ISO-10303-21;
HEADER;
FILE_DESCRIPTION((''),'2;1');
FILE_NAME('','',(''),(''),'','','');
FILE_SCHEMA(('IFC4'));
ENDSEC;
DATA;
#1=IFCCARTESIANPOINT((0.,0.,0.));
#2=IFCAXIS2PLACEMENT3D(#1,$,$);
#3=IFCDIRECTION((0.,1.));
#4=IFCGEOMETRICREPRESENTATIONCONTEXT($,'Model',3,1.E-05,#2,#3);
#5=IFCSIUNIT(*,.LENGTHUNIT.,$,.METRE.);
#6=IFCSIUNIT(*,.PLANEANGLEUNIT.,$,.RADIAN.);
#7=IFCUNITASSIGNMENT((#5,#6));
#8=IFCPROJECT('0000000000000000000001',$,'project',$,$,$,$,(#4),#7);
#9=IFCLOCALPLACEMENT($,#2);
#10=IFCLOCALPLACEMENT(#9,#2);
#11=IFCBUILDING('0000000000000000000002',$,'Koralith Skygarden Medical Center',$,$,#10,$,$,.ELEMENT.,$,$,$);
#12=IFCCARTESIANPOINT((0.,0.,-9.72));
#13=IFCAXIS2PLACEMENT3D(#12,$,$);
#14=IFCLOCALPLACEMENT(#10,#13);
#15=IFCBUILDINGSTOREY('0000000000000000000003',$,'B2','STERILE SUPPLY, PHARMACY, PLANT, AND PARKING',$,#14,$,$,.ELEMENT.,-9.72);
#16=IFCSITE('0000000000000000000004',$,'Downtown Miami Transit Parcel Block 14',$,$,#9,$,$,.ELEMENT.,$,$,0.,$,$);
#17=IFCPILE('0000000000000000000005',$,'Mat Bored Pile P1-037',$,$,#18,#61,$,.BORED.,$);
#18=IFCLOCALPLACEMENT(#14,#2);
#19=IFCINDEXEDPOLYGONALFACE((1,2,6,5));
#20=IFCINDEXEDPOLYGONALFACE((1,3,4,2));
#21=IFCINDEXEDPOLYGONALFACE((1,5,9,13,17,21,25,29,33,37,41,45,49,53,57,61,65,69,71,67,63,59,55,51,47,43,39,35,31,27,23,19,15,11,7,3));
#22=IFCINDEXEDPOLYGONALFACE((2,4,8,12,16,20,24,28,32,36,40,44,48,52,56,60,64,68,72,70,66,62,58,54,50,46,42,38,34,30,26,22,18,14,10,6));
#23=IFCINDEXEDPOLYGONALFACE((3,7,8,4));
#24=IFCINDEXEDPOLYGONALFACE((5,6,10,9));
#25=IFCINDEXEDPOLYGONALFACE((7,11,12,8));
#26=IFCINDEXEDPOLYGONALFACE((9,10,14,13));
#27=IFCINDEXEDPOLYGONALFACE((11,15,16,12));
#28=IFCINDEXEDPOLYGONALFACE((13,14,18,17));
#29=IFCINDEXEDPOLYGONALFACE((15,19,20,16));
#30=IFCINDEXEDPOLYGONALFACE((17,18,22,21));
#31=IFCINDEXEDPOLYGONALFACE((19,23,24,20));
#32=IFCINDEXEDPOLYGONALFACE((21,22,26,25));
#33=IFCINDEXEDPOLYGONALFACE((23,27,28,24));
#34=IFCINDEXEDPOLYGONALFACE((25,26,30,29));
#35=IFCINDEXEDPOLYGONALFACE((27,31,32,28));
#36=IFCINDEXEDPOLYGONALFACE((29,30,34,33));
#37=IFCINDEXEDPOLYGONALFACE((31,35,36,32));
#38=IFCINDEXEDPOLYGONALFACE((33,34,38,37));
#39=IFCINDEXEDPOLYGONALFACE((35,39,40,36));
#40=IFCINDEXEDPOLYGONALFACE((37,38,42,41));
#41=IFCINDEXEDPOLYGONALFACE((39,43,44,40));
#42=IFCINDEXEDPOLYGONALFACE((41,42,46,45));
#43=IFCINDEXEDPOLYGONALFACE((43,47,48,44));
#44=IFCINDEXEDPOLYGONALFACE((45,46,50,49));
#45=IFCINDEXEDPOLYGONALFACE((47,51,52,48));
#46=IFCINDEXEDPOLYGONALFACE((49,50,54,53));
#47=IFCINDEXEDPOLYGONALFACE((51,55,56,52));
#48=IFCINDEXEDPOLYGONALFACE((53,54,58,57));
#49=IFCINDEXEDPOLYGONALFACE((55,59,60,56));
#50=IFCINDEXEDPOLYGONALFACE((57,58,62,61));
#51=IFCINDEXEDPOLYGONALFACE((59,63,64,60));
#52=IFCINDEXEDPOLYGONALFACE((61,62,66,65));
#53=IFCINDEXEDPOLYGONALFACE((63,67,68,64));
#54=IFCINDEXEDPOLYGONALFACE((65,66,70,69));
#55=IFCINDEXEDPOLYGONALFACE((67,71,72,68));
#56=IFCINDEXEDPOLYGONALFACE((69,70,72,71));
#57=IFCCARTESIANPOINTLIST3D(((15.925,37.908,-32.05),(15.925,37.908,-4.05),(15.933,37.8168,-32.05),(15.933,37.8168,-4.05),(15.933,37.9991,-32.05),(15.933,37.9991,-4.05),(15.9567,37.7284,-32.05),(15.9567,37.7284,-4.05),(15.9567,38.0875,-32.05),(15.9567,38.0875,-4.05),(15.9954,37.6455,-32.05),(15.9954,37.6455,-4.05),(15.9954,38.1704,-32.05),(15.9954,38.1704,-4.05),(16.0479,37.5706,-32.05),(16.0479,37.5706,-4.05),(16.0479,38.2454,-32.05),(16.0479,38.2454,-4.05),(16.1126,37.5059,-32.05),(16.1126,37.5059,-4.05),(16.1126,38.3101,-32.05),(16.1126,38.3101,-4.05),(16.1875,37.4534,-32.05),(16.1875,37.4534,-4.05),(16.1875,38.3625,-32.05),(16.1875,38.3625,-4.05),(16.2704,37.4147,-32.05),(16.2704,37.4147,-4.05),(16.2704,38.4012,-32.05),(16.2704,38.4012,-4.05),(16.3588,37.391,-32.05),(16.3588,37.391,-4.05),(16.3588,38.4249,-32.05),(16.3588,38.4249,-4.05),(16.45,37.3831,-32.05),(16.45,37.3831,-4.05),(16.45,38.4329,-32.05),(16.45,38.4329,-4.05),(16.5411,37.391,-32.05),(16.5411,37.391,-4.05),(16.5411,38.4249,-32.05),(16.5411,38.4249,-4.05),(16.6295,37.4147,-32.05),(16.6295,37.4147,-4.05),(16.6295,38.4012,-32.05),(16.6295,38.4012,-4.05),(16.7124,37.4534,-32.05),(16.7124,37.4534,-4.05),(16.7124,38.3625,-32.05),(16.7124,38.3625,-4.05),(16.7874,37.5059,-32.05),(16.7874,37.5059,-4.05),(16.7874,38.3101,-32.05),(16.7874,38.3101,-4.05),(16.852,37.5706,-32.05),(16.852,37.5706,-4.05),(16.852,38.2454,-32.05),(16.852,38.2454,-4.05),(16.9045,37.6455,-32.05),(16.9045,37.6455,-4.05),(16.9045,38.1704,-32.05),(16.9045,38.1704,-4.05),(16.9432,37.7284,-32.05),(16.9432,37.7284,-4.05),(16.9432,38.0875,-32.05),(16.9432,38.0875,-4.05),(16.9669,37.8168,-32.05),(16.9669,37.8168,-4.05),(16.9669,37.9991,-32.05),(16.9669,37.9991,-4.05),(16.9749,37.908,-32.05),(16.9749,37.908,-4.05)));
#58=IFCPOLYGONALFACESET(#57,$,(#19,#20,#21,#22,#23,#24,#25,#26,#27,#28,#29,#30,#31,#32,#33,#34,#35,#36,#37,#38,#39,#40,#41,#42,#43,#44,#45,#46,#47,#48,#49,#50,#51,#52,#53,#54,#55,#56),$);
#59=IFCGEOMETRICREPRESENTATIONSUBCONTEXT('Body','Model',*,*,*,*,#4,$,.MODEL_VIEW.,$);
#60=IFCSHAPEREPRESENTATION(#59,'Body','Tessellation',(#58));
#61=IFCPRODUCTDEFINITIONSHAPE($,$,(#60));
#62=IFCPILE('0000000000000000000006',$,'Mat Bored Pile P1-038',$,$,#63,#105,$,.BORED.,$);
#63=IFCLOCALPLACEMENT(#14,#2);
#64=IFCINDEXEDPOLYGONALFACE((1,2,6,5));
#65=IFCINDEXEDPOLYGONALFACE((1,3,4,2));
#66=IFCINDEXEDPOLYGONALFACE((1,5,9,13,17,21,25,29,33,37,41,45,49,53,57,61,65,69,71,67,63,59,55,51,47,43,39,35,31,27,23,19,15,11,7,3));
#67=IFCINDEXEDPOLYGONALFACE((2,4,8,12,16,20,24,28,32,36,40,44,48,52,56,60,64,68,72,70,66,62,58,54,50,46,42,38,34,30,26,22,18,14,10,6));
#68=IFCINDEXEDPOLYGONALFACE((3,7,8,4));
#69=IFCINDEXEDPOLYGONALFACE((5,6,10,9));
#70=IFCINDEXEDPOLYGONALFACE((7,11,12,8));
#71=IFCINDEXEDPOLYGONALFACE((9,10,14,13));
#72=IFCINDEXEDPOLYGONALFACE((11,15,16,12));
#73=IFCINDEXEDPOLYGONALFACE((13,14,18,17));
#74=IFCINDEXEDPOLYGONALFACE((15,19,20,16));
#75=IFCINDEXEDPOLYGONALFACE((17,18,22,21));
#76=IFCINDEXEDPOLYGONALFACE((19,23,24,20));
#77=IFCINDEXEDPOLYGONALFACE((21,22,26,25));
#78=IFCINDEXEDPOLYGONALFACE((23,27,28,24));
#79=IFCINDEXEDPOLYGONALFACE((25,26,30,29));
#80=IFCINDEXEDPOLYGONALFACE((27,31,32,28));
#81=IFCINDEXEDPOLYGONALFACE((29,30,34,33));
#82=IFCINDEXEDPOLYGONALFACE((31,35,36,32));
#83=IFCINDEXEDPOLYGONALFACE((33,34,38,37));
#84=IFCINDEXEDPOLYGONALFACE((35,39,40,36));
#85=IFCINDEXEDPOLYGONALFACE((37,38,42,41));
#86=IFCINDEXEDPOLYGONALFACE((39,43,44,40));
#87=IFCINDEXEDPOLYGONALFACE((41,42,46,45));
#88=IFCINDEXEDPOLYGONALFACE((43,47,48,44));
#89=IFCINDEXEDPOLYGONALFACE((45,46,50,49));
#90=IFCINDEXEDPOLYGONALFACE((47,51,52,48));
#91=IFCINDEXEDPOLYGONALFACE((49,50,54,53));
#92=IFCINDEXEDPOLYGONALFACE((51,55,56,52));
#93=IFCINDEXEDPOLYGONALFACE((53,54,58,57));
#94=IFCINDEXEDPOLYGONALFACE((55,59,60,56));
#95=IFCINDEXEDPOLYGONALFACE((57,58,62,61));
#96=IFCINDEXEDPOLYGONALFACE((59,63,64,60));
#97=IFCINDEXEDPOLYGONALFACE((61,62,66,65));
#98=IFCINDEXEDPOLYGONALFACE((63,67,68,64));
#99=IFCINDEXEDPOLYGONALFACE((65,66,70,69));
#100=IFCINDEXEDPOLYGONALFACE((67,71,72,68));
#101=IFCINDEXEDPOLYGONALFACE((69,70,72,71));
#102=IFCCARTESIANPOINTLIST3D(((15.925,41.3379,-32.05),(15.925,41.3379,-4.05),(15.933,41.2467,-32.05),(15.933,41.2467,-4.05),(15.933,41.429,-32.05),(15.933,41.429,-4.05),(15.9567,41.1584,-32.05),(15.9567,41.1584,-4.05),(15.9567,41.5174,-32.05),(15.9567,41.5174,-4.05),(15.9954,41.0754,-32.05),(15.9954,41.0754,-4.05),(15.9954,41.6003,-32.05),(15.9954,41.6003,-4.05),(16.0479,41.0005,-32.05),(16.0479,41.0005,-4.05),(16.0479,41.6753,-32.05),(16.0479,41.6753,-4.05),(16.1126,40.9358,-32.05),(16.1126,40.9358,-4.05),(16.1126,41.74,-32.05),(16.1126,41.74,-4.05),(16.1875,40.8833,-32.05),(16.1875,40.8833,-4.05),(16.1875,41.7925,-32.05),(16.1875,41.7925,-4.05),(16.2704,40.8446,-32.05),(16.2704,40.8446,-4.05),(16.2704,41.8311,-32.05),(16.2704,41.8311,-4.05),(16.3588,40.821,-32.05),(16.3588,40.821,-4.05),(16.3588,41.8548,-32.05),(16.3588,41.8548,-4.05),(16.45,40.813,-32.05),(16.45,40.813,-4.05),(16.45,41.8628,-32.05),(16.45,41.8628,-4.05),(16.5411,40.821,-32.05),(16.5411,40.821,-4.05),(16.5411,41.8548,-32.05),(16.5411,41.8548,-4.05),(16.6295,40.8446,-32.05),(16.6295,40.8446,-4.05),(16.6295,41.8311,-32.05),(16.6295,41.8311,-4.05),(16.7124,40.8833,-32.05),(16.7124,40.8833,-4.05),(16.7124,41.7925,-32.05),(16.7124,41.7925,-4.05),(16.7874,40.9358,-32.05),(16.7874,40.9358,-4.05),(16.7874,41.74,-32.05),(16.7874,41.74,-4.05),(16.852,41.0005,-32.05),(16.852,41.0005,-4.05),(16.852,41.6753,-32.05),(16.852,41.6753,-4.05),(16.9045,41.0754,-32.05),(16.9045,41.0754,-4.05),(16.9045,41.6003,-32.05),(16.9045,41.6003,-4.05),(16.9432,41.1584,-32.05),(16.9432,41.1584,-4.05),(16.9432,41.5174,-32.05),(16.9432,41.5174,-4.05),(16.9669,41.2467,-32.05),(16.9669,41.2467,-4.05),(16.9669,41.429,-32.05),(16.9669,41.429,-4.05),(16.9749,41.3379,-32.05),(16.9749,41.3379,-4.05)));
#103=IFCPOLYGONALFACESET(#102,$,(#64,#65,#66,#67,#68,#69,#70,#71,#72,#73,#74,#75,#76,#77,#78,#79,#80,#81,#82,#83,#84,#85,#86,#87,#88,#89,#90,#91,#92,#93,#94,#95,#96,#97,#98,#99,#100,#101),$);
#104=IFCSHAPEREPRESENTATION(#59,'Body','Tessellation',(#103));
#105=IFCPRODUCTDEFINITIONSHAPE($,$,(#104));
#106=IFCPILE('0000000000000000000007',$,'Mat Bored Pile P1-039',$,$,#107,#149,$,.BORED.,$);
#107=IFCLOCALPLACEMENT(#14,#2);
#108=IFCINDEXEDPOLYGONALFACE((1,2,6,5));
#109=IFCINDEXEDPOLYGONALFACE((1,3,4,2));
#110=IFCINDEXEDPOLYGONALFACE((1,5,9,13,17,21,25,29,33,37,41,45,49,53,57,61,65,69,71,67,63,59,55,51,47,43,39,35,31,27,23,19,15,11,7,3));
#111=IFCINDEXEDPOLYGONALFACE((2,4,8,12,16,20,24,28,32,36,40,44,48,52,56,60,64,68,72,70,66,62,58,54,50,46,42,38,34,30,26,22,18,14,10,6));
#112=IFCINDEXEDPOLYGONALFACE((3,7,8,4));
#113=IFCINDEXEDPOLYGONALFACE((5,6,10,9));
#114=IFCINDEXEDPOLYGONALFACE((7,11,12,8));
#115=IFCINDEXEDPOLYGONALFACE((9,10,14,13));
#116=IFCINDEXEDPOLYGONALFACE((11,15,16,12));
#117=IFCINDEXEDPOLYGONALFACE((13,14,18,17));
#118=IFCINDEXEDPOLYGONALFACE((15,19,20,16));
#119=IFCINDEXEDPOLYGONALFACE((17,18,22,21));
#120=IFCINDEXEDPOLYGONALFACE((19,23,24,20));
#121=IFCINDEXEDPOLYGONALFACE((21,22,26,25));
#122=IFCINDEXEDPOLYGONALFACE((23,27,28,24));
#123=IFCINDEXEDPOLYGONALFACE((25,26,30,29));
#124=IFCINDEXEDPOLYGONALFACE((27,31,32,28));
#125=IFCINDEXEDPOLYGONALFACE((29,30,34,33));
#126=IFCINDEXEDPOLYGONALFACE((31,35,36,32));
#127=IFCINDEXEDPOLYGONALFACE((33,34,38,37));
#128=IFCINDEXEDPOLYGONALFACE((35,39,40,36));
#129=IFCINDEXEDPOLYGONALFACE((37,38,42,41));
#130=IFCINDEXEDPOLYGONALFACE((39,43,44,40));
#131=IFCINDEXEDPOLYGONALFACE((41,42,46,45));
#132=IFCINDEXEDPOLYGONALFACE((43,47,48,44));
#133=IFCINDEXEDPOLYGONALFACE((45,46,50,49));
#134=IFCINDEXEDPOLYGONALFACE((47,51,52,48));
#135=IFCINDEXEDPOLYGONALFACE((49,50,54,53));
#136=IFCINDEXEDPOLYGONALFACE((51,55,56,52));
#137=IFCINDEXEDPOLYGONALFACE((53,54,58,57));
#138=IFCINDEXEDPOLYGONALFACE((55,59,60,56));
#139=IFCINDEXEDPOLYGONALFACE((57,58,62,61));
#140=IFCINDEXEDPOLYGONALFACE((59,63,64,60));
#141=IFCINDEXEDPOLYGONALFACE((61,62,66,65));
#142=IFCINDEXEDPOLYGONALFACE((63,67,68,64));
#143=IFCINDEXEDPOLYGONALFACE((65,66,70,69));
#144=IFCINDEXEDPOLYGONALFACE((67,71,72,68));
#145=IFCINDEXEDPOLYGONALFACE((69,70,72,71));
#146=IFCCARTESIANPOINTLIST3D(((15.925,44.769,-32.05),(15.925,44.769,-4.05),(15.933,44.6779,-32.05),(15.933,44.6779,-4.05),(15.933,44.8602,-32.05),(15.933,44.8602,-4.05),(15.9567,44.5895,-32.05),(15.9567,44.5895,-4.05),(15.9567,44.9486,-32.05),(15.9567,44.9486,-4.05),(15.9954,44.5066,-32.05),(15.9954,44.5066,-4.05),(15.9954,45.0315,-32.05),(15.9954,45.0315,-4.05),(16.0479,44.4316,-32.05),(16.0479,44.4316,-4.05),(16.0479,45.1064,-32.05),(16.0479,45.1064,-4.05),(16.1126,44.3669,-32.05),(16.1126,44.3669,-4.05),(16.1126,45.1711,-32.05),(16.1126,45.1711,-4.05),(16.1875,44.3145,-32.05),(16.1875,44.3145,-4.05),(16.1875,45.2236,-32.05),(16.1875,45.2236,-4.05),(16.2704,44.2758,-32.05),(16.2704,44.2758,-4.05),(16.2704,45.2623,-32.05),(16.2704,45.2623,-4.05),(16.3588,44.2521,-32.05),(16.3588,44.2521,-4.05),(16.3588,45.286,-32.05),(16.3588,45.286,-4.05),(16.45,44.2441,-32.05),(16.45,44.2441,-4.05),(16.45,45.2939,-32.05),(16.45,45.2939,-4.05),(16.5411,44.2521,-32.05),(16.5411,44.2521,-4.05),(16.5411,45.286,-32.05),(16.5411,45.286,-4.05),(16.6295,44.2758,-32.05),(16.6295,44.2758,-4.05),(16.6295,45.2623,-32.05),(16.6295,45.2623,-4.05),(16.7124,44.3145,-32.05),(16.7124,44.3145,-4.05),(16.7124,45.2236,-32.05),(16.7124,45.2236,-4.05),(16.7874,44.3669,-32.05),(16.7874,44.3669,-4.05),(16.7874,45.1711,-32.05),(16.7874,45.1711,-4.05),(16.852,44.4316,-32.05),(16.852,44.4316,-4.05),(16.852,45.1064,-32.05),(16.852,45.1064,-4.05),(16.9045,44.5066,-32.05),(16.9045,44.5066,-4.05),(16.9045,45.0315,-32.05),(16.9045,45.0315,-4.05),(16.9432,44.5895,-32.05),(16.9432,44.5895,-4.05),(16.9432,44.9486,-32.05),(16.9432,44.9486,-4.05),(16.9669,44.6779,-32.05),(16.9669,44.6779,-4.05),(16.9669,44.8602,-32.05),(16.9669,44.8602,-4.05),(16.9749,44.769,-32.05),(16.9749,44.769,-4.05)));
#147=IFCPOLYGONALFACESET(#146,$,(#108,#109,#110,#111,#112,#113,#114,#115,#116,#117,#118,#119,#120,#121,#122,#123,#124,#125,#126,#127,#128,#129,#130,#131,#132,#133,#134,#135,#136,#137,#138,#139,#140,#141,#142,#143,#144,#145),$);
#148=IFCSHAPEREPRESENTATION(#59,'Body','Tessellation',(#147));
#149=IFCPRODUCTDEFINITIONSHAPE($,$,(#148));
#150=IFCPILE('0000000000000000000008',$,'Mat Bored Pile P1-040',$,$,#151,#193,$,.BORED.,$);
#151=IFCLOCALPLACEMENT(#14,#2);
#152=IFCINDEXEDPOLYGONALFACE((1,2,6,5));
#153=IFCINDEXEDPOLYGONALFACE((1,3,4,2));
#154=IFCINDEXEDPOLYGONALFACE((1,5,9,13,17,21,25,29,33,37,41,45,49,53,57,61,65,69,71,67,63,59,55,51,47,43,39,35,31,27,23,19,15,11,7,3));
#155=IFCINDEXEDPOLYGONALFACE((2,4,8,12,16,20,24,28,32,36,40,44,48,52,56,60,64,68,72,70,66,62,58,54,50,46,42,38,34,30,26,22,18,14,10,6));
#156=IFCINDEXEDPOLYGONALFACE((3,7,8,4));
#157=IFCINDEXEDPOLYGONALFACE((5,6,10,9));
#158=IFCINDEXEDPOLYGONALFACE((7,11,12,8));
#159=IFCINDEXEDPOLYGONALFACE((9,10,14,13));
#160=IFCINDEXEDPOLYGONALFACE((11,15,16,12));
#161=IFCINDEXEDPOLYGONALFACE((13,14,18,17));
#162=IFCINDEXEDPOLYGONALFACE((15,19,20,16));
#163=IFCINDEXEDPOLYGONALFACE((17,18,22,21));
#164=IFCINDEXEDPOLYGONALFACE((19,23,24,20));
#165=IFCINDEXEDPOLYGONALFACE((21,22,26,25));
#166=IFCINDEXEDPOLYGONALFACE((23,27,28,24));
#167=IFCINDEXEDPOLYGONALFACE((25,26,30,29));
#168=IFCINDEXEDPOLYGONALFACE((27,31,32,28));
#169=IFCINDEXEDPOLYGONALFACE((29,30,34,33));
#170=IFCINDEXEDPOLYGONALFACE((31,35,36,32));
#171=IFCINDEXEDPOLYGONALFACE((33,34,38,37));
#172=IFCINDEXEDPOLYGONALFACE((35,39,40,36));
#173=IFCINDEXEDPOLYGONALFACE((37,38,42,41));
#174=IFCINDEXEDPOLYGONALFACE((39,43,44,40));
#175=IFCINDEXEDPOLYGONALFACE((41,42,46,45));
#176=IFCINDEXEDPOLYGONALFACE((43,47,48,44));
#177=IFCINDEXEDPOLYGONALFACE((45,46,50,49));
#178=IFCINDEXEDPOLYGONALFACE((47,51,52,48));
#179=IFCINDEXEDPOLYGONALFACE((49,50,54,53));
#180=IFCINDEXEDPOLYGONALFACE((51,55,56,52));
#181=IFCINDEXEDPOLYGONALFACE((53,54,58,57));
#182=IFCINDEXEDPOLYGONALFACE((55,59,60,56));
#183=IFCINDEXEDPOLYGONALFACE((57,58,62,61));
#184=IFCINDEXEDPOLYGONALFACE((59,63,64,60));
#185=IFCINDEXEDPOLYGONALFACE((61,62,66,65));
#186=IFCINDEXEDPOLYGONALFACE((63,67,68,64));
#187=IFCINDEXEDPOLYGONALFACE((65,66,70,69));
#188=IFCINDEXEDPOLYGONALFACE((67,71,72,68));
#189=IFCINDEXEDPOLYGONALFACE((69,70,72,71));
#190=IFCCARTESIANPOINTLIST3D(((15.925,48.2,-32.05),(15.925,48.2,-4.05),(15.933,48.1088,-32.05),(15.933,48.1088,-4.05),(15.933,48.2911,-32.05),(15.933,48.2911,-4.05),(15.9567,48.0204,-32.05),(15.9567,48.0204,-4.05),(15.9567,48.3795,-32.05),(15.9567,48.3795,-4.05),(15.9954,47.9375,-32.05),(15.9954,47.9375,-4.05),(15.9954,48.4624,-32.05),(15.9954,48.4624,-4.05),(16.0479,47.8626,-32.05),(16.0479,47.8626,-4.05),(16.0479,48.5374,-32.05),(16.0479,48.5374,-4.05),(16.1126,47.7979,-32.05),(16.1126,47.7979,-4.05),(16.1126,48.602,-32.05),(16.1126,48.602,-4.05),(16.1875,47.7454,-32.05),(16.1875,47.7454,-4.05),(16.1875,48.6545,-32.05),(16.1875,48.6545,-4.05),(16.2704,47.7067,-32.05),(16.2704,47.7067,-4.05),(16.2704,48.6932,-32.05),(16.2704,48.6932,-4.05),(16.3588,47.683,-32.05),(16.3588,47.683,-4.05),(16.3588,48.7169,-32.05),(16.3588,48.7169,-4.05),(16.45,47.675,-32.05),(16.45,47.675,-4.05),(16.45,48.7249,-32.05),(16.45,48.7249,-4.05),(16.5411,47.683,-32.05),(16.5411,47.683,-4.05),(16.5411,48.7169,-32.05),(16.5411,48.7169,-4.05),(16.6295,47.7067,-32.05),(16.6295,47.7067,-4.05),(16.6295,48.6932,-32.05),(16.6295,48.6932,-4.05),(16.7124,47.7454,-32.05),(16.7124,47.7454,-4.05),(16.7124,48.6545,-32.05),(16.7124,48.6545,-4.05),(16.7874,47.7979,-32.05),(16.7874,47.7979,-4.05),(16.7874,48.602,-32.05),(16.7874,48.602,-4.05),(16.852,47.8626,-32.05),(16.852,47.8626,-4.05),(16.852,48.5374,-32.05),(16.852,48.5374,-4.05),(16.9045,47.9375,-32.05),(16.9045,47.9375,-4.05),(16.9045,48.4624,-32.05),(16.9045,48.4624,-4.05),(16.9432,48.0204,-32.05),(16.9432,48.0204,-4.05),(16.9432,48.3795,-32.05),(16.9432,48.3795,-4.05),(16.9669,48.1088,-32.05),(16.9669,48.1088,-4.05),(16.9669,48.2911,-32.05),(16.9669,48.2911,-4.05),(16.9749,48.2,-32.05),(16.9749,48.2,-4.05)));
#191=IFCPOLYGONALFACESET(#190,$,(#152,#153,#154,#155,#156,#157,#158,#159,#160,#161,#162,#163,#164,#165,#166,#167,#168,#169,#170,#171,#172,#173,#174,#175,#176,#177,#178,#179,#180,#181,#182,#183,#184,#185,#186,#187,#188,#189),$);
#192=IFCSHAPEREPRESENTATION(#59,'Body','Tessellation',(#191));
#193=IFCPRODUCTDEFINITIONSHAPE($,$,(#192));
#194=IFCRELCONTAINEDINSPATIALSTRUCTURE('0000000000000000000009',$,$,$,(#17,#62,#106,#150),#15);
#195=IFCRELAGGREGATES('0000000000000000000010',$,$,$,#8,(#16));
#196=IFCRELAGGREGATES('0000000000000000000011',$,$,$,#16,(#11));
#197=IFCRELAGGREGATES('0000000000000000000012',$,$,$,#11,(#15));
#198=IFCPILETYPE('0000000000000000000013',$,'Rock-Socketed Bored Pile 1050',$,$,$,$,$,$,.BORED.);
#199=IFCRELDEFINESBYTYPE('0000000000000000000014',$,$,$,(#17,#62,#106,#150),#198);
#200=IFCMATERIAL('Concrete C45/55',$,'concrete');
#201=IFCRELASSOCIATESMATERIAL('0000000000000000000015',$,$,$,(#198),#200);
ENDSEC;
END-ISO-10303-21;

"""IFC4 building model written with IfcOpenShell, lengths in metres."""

from ifc_helpers import new_model, si_unit, direction, frame, origin, origin_2d, place, context, subcontext, project, spatial, circle, extrude, material, material_profile, profile_set, type_object, element, save


model = new_model("IFC4")

# Units and contexts
model_context = context("Model", 3, precision=1e-05, world=origin(), true_north=direction((0.0, 1.0)))
body_context = subcontext(model_context, "Body", "Model", "MODEL_VIEW")
ifc_project = project(units=[si_unit("LENGTHUNIT", "METRE"), si_unit("PLANEANGLEUNIT", "RADIAN")], contexts=[model_context])

# Site, building, storey
site_placement = place(None, origin())
site = spatial("IfcSite", under=ifc_project, at=site_placement, Name="Downtown Miami Transit Parcel Block 14", CompositionType="ELEMENT", RefElevation=0.0)
building_placement = place(site_placement, origin())
building = spatial("IfcBuilding", under=site, at=building_placement, Name="Koralith Skygarden Medical Center", CompositionType="ELEMENT")
storey_placement = place(building_placement, frame((0.0, 0.0, -9.72)))
storey = spatial("IfcBuildingStorey", under=building, at=storey_placement, Name="B2", Description="STERILE SUPPLY, PHARMACY, PLANT, AND PARKING", CompositionType="ELEMENT", Elevation=-9.72)

# Piles
ifc_material_1 = material(Name="Concrete C45/55", Category="concrete")
ifc_material_profile_1 = material_profile(ifc_material_1, circle(Radius=0.5249, at=origin_2d()), Name="PILE1050")
ifc_profile_set_1 = profile_set([ifc_material_profile_1], Name="Concrete C45/55")
pile_type = type_object("IfcPileType", Name="Rock-Socketed Bored Pile 1050", PredefinedType="BORED", material=ifc_profile_set_1)
for number, where, z_axis, x_axis, name in (
    (1, (16.45, 37.908, -4.05), (0.0, 0.0, -1.0), (1.0, 0.0, 0.0), "Mat Bored Pile P1-037"),
    (2, (16.45, 41.3379, -4.05), (0.0, 0.0, -1.0), (1.0, 0.0, 0.0), "Mat Bored Pile P1-038"),
    (3, (16.45, 44.769, -4.05), (0.0, 0.0, -1.0), (1.0, 0.0, 0.0), "Mat Bored Pile P1-039"),
    (4, (16.45, 48.2, -4.05), (0.0, 0.0, -1.0), (1.0, 0.0, 0.0), "Mat Bored Pile P1-040"),
):
    element("IfcPile", number, at=place(storey_placement, frame(where, z_axis=z_axis, x_axis=x_axis)), inside=storey, type_object=pile_type, Name=name, PredefinedType="BORED", context=body_context, shape_type="SweptSolid", body=[
        extrude(circle(Radius=0.5249, at=origin_2d()), origin(), (0.0, 0.0, 1.0), 28.0),
    ])

save(model, "model.ifc")
